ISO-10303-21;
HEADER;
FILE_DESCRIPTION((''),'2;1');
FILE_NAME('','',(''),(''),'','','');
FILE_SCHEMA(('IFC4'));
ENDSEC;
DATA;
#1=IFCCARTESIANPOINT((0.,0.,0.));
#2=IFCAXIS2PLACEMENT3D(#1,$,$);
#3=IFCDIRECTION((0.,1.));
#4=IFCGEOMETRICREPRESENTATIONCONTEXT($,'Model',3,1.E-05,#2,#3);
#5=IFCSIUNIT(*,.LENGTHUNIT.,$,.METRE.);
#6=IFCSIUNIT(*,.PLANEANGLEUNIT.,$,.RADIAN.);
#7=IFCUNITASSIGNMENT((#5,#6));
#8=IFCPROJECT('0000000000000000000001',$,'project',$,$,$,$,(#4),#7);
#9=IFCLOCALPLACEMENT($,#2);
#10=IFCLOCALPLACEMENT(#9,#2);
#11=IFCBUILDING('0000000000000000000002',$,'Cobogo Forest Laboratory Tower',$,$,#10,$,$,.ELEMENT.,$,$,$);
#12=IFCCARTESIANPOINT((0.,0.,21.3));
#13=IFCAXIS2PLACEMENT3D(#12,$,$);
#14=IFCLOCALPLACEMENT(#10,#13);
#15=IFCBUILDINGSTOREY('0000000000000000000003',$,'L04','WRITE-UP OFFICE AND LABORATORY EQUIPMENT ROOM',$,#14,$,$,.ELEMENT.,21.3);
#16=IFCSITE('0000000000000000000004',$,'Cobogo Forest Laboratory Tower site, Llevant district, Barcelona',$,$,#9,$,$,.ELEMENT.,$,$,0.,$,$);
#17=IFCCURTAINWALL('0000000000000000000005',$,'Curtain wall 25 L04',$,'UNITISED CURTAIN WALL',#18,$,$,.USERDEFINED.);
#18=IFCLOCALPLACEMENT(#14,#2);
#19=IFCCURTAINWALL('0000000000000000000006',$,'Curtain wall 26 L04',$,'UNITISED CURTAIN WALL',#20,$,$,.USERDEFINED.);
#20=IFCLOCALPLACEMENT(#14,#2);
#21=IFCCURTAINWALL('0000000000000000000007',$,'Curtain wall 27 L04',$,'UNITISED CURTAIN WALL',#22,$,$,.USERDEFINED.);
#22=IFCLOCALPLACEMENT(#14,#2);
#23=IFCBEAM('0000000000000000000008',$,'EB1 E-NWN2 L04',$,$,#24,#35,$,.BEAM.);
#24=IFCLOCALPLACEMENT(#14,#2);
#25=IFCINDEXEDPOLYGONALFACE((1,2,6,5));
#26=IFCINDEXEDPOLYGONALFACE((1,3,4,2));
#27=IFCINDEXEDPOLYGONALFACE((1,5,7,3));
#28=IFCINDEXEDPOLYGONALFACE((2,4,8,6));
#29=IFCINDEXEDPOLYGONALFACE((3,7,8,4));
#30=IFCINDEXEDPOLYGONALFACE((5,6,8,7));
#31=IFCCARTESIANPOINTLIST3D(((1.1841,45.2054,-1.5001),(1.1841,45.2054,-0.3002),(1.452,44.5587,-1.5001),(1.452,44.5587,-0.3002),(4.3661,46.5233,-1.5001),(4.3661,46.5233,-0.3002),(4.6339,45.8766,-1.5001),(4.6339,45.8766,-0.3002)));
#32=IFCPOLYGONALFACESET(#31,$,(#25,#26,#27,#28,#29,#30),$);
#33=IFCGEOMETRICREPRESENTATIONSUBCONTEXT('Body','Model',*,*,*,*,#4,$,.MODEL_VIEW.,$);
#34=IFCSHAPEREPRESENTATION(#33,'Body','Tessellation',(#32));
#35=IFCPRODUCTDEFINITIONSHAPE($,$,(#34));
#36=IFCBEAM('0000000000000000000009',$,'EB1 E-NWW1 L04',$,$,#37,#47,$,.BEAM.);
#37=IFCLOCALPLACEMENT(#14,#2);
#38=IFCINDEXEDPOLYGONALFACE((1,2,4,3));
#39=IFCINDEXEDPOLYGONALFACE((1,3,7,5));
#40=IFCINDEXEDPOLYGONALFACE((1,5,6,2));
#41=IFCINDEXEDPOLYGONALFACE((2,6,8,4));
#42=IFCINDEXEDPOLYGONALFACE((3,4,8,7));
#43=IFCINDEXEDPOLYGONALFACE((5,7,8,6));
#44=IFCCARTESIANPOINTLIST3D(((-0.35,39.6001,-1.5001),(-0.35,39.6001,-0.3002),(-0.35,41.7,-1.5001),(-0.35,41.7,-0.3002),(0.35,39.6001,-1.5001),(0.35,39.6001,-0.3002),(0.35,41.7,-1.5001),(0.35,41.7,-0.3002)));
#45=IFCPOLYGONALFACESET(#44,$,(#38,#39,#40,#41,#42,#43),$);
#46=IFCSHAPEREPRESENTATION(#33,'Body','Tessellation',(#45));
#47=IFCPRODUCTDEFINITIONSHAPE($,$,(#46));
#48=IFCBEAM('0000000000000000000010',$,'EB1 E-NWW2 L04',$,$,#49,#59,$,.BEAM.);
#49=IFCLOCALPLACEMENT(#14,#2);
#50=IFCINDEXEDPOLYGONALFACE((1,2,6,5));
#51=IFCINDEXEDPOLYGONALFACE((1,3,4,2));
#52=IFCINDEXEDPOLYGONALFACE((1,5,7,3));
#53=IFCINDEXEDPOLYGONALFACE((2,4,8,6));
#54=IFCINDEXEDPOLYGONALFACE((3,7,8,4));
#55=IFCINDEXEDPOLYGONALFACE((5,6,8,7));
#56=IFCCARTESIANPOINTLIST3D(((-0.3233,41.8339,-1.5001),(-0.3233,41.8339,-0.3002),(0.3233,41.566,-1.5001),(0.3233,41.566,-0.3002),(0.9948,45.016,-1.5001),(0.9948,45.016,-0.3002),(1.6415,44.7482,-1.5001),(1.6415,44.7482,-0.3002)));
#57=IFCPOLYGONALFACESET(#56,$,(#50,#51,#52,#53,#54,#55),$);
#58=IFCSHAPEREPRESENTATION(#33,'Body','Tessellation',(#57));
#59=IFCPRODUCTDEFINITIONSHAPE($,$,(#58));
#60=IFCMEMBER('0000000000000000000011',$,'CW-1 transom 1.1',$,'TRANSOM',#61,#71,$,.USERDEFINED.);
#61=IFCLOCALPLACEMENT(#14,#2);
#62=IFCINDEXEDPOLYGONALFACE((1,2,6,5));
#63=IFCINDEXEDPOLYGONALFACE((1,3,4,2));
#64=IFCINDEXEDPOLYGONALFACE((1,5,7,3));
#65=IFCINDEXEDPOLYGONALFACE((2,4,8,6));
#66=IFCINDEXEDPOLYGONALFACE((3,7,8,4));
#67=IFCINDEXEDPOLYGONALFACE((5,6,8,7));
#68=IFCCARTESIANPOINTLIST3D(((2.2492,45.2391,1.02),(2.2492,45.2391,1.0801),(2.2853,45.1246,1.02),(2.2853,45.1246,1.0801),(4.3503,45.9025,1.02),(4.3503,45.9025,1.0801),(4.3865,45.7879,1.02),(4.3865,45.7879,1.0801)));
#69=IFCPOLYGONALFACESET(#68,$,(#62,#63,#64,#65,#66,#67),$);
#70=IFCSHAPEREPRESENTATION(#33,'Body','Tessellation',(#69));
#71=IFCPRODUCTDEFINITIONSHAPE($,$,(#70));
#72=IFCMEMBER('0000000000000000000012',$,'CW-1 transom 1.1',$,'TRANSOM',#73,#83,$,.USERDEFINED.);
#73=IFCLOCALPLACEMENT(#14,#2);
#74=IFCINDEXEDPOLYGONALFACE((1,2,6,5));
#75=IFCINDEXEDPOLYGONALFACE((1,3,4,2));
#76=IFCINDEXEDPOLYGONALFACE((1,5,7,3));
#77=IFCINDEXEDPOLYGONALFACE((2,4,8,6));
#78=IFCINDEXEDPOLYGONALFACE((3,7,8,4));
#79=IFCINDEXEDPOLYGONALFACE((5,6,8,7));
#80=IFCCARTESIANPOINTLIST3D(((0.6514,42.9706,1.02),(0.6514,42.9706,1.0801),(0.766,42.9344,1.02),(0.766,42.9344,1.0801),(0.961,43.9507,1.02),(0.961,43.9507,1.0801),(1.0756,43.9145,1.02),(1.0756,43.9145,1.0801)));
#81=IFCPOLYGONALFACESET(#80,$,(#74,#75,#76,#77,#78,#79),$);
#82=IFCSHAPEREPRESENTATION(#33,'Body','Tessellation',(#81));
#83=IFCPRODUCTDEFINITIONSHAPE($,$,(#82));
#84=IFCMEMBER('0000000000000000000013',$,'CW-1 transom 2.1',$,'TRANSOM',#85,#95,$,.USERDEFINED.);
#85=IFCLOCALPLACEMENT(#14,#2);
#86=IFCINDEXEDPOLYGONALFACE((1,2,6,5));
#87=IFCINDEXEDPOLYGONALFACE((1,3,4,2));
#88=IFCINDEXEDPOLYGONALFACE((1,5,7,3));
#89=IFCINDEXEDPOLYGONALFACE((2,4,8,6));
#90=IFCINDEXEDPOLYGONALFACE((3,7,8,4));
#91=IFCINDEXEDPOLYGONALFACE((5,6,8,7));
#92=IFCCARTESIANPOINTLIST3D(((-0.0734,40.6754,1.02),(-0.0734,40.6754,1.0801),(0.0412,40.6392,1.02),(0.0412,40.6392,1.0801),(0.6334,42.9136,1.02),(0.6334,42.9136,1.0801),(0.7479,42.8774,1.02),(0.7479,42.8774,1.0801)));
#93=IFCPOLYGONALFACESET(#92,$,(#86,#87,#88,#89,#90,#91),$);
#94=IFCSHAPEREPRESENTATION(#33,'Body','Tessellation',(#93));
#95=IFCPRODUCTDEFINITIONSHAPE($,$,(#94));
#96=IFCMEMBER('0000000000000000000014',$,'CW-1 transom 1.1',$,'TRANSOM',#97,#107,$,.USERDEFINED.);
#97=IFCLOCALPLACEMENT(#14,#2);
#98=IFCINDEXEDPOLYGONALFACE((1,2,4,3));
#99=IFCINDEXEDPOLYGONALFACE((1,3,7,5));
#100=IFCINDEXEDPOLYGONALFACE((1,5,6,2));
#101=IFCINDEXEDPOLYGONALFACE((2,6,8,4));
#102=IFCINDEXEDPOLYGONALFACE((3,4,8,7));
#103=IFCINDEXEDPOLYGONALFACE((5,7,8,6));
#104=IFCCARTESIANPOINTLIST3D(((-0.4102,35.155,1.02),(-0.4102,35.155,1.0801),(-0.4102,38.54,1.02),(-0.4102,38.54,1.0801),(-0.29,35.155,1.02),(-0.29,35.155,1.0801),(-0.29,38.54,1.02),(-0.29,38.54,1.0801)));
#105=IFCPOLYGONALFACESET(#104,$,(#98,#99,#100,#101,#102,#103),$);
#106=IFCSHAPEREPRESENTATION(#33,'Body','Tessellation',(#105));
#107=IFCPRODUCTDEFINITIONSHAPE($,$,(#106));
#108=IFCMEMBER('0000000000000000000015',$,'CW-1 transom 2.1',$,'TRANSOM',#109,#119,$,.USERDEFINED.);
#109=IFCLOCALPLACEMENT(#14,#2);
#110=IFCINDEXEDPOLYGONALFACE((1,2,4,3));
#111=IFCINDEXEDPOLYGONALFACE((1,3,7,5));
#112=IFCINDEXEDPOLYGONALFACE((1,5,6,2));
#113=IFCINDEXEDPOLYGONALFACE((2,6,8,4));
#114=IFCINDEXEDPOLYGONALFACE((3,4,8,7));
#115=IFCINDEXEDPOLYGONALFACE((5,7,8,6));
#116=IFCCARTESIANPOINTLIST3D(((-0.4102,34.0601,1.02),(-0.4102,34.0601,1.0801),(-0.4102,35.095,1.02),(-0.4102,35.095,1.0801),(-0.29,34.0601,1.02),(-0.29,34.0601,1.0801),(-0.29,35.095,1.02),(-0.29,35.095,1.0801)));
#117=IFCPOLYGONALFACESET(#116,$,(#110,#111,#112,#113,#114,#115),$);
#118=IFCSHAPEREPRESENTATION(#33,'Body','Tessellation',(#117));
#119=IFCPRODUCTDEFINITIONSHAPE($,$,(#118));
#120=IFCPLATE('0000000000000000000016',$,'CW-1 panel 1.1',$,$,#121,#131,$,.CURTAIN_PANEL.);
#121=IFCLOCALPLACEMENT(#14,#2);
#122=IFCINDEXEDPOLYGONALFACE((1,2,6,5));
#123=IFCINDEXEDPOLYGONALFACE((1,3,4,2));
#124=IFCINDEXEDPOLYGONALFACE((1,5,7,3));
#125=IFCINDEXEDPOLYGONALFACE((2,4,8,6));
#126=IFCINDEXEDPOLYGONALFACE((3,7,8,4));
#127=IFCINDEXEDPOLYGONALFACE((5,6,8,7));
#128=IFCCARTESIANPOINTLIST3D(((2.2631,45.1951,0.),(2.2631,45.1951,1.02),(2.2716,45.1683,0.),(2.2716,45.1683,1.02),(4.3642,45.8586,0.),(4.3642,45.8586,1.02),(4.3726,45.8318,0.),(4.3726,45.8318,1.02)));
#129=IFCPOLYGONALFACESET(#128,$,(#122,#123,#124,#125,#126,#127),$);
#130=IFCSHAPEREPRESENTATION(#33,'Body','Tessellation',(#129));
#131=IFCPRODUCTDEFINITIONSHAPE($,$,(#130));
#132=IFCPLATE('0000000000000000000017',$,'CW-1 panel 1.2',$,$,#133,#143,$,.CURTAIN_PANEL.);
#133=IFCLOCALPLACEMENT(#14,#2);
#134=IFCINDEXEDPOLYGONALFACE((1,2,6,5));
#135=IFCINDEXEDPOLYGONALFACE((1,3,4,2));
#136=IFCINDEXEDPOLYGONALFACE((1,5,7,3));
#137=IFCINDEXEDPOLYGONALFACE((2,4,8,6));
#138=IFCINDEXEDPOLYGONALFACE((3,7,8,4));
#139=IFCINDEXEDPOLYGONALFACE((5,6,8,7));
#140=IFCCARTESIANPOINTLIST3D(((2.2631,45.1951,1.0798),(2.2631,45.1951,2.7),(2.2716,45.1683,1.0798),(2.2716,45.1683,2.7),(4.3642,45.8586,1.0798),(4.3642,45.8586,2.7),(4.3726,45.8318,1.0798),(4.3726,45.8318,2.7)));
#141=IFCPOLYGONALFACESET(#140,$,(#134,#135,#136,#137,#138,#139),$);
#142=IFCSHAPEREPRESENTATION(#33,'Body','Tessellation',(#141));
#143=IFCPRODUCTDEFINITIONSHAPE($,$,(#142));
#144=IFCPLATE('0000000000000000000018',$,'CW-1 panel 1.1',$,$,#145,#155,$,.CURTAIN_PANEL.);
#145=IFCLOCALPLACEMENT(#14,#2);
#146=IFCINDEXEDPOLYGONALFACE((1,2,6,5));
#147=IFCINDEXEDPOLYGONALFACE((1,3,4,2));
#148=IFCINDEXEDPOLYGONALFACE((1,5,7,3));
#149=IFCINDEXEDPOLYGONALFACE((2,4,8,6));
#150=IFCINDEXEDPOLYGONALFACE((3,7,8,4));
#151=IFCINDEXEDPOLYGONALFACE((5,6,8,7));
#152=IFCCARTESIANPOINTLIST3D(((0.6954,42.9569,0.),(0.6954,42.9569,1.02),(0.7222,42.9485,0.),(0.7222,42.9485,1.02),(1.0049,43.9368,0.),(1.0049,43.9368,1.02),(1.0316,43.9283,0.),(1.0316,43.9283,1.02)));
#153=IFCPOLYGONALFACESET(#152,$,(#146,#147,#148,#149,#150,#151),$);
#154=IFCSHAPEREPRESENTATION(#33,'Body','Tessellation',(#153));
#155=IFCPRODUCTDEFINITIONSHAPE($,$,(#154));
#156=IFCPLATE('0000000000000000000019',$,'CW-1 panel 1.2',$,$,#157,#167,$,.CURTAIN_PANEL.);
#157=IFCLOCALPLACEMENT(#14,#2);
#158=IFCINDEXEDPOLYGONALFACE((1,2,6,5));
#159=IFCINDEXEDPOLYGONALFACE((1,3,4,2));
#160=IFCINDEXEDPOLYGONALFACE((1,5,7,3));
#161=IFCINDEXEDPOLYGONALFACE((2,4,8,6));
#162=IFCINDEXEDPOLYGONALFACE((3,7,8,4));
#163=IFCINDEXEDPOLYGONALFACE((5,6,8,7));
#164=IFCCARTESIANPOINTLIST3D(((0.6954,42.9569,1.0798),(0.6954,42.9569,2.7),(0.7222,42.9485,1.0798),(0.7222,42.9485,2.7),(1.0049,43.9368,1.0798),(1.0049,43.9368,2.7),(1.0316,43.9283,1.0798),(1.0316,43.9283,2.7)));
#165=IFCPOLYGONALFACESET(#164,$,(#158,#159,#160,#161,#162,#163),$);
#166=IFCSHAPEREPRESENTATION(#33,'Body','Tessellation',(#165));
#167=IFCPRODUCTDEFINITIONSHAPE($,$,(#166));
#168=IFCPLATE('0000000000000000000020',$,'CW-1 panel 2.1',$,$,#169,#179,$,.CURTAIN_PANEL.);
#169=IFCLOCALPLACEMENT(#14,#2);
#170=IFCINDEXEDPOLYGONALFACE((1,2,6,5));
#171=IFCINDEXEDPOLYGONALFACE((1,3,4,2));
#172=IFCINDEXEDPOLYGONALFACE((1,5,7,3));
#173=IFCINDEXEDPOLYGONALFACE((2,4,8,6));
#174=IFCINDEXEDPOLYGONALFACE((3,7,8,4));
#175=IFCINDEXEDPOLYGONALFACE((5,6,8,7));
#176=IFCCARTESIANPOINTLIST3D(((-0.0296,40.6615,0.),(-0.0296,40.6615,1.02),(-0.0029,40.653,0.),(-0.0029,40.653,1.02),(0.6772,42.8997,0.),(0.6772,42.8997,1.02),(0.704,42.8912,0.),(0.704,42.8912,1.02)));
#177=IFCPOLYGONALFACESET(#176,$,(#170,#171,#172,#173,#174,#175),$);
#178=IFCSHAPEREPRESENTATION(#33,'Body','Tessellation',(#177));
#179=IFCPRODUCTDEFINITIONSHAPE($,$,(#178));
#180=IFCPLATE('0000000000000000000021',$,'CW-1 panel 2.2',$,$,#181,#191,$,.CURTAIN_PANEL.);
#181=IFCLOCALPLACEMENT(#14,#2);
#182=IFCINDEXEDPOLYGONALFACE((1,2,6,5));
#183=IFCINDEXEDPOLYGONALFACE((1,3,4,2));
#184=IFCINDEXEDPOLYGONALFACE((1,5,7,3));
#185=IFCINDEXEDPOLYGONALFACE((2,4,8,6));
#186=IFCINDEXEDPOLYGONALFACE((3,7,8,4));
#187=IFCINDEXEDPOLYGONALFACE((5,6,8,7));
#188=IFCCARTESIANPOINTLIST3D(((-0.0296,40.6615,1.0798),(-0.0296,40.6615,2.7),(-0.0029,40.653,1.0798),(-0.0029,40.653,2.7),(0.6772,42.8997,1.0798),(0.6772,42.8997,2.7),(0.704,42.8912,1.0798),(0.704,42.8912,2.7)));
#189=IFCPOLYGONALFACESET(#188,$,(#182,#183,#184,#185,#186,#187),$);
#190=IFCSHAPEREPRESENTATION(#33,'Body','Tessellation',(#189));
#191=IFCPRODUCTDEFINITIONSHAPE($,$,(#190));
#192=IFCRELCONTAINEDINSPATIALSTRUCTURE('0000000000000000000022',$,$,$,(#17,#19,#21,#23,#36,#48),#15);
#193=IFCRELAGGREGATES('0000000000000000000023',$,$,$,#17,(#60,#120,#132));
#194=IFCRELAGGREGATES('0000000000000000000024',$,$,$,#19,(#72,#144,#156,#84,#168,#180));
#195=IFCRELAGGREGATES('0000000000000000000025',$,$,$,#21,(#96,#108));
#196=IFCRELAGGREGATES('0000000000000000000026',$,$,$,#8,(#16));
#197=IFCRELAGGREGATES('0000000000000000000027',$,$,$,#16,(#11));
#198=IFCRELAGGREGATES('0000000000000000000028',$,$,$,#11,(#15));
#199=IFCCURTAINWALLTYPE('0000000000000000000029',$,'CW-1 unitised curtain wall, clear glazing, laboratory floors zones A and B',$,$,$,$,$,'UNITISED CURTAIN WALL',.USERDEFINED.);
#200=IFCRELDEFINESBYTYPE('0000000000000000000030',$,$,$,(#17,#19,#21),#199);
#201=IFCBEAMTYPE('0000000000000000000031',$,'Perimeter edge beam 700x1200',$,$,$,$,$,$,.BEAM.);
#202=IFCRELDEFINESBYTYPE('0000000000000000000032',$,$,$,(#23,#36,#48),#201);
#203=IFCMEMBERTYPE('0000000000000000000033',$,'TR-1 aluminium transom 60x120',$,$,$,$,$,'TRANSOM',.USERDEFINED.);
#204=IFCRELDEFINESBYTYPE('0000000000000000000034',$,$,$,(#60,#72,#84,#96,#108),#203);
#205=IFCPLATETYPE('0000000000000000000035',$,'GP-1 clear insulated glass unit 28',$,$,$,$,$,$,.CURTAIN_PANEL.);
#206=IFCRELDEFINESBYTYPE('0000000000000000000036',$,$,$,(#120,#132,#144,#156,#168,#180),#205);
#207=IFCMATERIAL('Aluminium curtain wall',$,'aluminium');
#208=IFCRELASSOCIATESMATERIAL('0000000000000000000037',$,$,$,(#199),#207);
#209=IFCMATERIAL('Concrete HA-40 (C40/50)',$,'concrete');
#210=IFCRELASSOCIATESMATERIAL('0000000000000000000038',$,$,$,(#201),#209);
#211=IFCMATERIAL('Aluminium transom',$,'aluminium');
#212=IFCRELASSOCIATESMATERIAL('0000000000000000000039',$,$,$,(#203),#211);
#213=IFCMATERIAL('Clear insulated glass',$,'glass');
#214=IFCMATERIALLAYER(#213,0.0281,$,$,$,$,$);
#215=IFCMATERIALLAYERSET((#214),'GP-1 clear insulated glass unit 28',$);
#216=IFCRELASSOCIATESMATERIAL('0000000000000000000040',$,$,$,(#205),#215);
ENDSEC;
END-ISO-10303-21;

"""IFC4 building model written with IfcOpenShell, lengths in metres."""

from ifc_helpers import new_model, si_unit, direction, frame, origin, origin_2d, place, context, subcontext, project, spatial, rectangle, extrude, material, layer, layer_set, material_profile, profile_set, type_object, element, aggregate, save


model = new_model("IFC4")

# Units and contexts
model_context = context("Model", 3, precision=1e-05, world=origin(), true_north=direction((0.0, 1.0)))
body_context = subcontext(model_context, "Body", "Model", "MODEL_VIEW")
ifc_project = project(units=[si_unit("LENGTHUNIT", "METRE"), si_unit("PLANEANGLEUNIT", "RADIAN")], contexts=[model_context])

# Site, building, storey
site_placement = place(None, origin())
site = spatial("IfcSite", under=ifc_project, at=site_placement, Name="Cobogo Forest Laboratory Tower site, Llevant district, Barcelona", CompositionType="ELEMENT", RefElevation=0.0)
building_placement = place(site_placement, origin())
building = spatial("IfcBuilding", under=site, at=building_placement, Name="Cobogo Forest Laboratory Tower", CompositionType="ELEMENT")
storey_placement = place(building_placement, frame((0.0, 0.0, 21.3)))
storey = spatial("IfcBuildingStorey", under=building, at=storey_placement, Name="L04", Description="WRITE-UP OFFICE AND LABORATORY EQUIPMENT ROOM", CompositionType="ELEMENT", Elevation=21.3)

# Shared definitions
ifc_material_1 = material(Name="Concrete HA-40 (C40/50)", Category="concrete")

# Curtain walls
ifc_material_2 = material(Name="Aluminium curtain wall", Category="aluminium")
curtain_wall_type = type_object("IfcCurtainWallType", Name="CW-1 unitised curtain wall, clear glazing, laboratory floors zones A and B", ElementType="UNITISED CURTAIN WALL", PredefinedType="USERDEFINED", material=ifc_material_2)
curtain_wall_1_placement = place(storey_placement, origin())
curtain_wall_1 = element("IfcCurtainWall", 1, at=curtain_wall_1_placement, inside=storey, type_object=curtain_wall_type, Name="Curtain wall 25 L04", ObjectType="UNITISED CURTAIN WALL", PredefinedType="USERDEFINED")
curtain_wall_2_placement = place(storey_placement, origin())
curtain_wall_2 = element("IfcCurtainWall", 2, at=curtain_wall_2_placement, inside=storey, type_object=curtain_wall_type, Name="Curtain wall 26 L04", ObjectType="UNITISED CURTAIN WALL", PredefinedType="USERDEFINED")
curtain_wall_3_placement = place(storey_placement, origin())
curtain_wall_3 = element("IfcCurtainWall", 3, at=curtain_wall_3_placement, inside=storey, type_object=curtain_wall_type, Name="Curtain wall 27 L04", ObjectType="UNITISED CURTAIN WALL", PredefinedType="USERDEFINED")

# Beams
ifc_material_profile_1 = material_profile(ifc_material_1, rectangle(XDim=0.7, YDim=1.2, at=origin_2d()), Name="RC 700x1200")
ifc_profile_set_1 = profile_set([ifc_material_profile_1], Name="Concrete HA-40 (C40/50)")
beam_type_1 = type_object("IfcBeamType", Name="Perimeter edge beam 700x1200", PredefinedType="BEAM", material=ifc_profile_set_1)
beam_1_placement = place(storey_placement, frame((4.5, 46.2, -0.9001), z_axis=(-0.923891, -0.382656, 0.0), x_axis=(0.382656, -0.923891, 0.0)))
element("IfcBeam", 4, at=beam_1_placement, inside=storey, type_object=beam_type_1, Name="EB1 E-NWN2 L04", PredefinedType="BEAM", context=body_context, shape_type="SweptSolid", body=[
    extrude(rectangle(XDim=0.7, YDim=1.2, at=origin_2d()), origin(), (0.0, 0.0, 1.0), 3.4441),
])
beam_2_placement = place(storey_placement, frame((0.0, 39.6001, -0.9001), z_axis=(0.0, 1.0, 0.0), x_axis=(-1.0, 0.0, 0.0)))
element("IfcBeam", 5, at=beam_2_placement, inside=storey, type_object=beam_type_1, Name="EB1 E-NWW1 L04", PredefinedType="BEAM", context=body_context, shape_type="SweptSolid", body=[
    extrude(rectangle(XDim=0.7, YDim=1.2, at=origin_2d()), origin(), (0.0, 0.0, 1.0), 2.0999),
])
beam_3_placement = place(storey_placement, frame((0.0, 41.7, -0.9001), z_axis=(0.382692, 0.923876, 0.0), x_axis=(-0.923876, 0.382692, 0.0)))
element("IfcBeam", 6, at=beam_3_placement, inside=storey, type_object=beam_type_1, Name="EB1 E-NWW2 L04", PredefinedType="BEAM", context=body_context, shape_type="SweptSolid", body=[
    extrude(rectangle(XDim=0.7, YDim=1.2, at=origin_2d()), origin(), (0.0, 0.0, 1.0), 3.4443),
])

# Members
ifc_material_3 = material(Name="Aluminium transom", Category="aluminium")
ifc_material_profile_2 = material_profile(ifc_material_3, rectangle(XDim=0.1201, YDim=0.0601, at=origin_2d()), Name="AL 60x120")
ifc_profile_set_2 = profile_set([ifc_material_profile_2], Name="Aluminium transom")
member_type_1 = type_object("IfcMemberType", Name="TR-1 aluminium transom 60x120", ElementType="TRANSOM", PredefinedType="USERDEFINED", material=ifc_profile_set_2)
member_1_placement = place(storey_placement, frame((4.3684, 45.8452, 1.05), z_axis=(-0.953604, -0.301062, 0.0), x_axis=(0.301062, -0.953604, 0.0)))
member_1 = element("IfcMember", 7, at=member_1_placement, type_object=member_type_1, Name="CW-1 transom 1.1", ObjectType="TRANSOM", PredefinedType="USERDEFINED", context=body_context, shape_type="SweptSolid", body=[
    extrude(rectangle(XDim=0.1201, YDim=0.0601, at=origin_2d()), origin(), (0.0, 0.0, 1.0), 2.2034),
])
member_2_placement = place(storey_placement, frame((1.0183, 43.9326, 1.05), z_axis=(-0.301222, -0.953554, 0.0), x_axis=(0.953554, -0.301222, 0.0)))
member_2 = element("IfcMember", 8, at=member_2_placement, type_object=member_type_1, Name="CW-1 transom 1.1", ObjectType="TRANSOM", PredefinedType="USERDEFINED", context=body_context, shape_type="SweptSolid", body=[
    extrude(rectangle(XDim=0.1201, YDim=0.0601, at=origin_2d()), origin(), (0.0, 0.0, 1.0), 1.0278),
])
member_3_placement = place(storey_placement, frame((0.6907, 42.8955, 1.05), z_axis=(-0.301116, -0.953587, 0.0), x_axis=(0.953587, -0.301116, 0.0)))
member_3 = element("IfcMember", 9, at=member_3_placement, type_object=member_type_1, Name="CW-1 transom 2.1", ObjectType="TRANSOM", PredefinedType="USERDEFINED", context=body_context, shape_type="SweptSolid", body=[
    extrude(rectangle(XDim=0.1201, YDim=0.0601, at=origin_2d()), origin(), (0.0, 0.0, 1.0), 2.3472),
])
member_4_placement = place(storey_placement, frame((-0.3501, 38.54, 1.05), z_axis=(0.0, -1.0, 0.0), x_axis=(1.0, 0.0, 0.0)))
member_4 = element("IfcMember", 10, at=member_4_placement, type_object=member_type_1, Name="CW-1 transom 1.1", ObjectType="TRANSOM", PredefinedType="USERDEFINED", context=body_context, shape_type="SweptSolid", body=[
    extrude(rectangle(XDim=0.1201, YDim=0.0601, at=origin_2d()), origin(), (0.0, 0.0, 1.0), 3.385),
])
member_5_placement = place(storey_placement, frame((-0.3501, 35.095, 1.05), z_axis=(0.0, -1.0, 0.0), x_axis=(1.0, 0.0, 0.0)))
member_5 = element("IfcMember", 11, at=member_5_placement, type_object=member_type_1, Name="CW-1 transom 2.1", ObjectType="TRANSOM", PredefinedType="USERDEFINED", context=body_context, shape_type="SweptSolid", body=[
    extrude(rectangle(XDim=0.1201, YDim=0.0601, at=origin_2d()), origin(), (0.0, 0.0, 1.0), 1.0349),
])

# Plates
ifc_material_4 = material(Name="Clear insulated glass", Category="glass")
ifc_layer_1 = layer(ifc_material_4, 0.0281)
ifc_layer_set_1 = layer_set([ifc_layer_1], Name="GP-1 clear insulated glass unit 28")
plate_type_1 = type_object("IfcPlateType", Name="GP-1 clear insulated glass unit 28", PredefinedType="CURTAIN_PANEL", material=ifc_layer_set_1)
plate_1_placement = place(storey_placement, frame((3.3179, 45.5134, 0.0), z_axis=(0.0, 0.0, 1.0), x_axis=(-0.953581, -0.301135, 0.0)))
plate_1 = element("IfcPlate", 12, at=plate_1_placement, type_object=plate_type_1, Name="CW-1 panel 1.1", PredefinedType="CURTAIN_PANEL", context=body_context, shape_type="SweptSolid", body=[
    extrude(rectangle(XDim=2.2034, YDim=0.0281, at=origin_2d()), origin(), (0.0, 0.0, 1.0), 1.02),
])
plate_2_placement = place(storey_placement, frame((3.3179, 45.5134, 1.0798), z_axis=(0.0, 0.0, 1.0), x_axis=(-0.953581, -0.301135, 0.0)))
plate_2 = element("IfcPlate", 13, at=plate_2_placement, type_object=plate_type_1, Name="CW-1 panel 1.2", PredefinedType="CURTAIN_PANEL", context=body_context, shape_type="SweptSolid", body=[
    extrude(rectangle(XDim=2.2034, YDim=0.0281, at=origin_2d()), origin(), (0.0, 0.0, 1.0), 1.6201),
])
aggregate(curtain_wall_1, [member_1, plate_1, plate_2])
plate_3_placement = place(storey_placement, frame((0.8635, 43.4426, 0.0), z_axis=(0.0, 0.0, 1.0), x_axis=(-0.301135, -0.953581, 0.0)))
plate_3 = element("IfcPlate", 14, at=plate_3_placement, type_object=plate_type_1, Name="CW-1 panel 1.1", PredefinedType="CURTAIN_PANEL", context=body_context, shape_type="SweptSolid", body=[
    extrude(rectangle(XDim=1.0276, YDim=0.0281, at=origin_2d()), origin(), (0.0, 0.0, 1.0), 1.02),
])
plate_4_placement = place(storey_placement, frame((0.8635, 43.4426, 1.0798), z_axis=(0.0, 0.0, 1.0), x_axis=(-0.301135, -0.953581, 0.0)))
plate_4 = element("IfcPlate", 15, at=plate_4_placement, type_object=plate_type_1, Name="CW-1 panel 1.2", PredefinedType="CURTAIN_PANEL", context=body_context, shape_type="SweptSolid", body=[
    extrude(rectangle(XDim=1.0276, YDim=0.0281, at=origin_2d()), origin(), (0.0, 0.0, 1.0), 1.6201),
])
plate_5_placement = place(storey_placement, frame((0.3372, 41.7764, 0.0), z_axis=(0.0, 0.0, 1.0), x_axis=(-0.301135, -0.953581, 0.0)))
plate_5 = element("IfcPlate", 16, at=plate_5_placement, type_object=plate_type_1, Name="CW-1 panel 2.1", PredefinedType="CURTAIN_PANEL", context=body_context, shape_type="SweptSolid", body=[
    extrude(rectangle(XDim=2.3472, YDim=0.0281, at=origin_2d()), origin(), (0.0, 0.0, 1.0), 1.02),
])
plate_6_placement = place(storey_placement, frame((0.3372, 41.7764, 1.0798), z_axis=(0.0, 0.0, 1.0), x_axis=(-0.301135, -0.953581, 0.0)))
plate_6 = element("IfcPlate", 17, at=plate_6_placement, type_object=plate_type_1, Name="CW-1 panel 2.2", PredefinedType="CURTAIN_PANEL", context=body_context, shape_type="SweptSolid", body=[
    extrude(rectangle(XDim=2.3472, YDim=0.0281, at=origin_2d()), origin(), (0.0, 0.0, 1.0), 1.6201),
])
aggregate(curtain_wall_2, [member_2, plate_3, plate_4, member_3, plate_5, plate_6])
aggregate(curtain_wall_3, [member_4, member_5])

save(model, "model.ifc")
